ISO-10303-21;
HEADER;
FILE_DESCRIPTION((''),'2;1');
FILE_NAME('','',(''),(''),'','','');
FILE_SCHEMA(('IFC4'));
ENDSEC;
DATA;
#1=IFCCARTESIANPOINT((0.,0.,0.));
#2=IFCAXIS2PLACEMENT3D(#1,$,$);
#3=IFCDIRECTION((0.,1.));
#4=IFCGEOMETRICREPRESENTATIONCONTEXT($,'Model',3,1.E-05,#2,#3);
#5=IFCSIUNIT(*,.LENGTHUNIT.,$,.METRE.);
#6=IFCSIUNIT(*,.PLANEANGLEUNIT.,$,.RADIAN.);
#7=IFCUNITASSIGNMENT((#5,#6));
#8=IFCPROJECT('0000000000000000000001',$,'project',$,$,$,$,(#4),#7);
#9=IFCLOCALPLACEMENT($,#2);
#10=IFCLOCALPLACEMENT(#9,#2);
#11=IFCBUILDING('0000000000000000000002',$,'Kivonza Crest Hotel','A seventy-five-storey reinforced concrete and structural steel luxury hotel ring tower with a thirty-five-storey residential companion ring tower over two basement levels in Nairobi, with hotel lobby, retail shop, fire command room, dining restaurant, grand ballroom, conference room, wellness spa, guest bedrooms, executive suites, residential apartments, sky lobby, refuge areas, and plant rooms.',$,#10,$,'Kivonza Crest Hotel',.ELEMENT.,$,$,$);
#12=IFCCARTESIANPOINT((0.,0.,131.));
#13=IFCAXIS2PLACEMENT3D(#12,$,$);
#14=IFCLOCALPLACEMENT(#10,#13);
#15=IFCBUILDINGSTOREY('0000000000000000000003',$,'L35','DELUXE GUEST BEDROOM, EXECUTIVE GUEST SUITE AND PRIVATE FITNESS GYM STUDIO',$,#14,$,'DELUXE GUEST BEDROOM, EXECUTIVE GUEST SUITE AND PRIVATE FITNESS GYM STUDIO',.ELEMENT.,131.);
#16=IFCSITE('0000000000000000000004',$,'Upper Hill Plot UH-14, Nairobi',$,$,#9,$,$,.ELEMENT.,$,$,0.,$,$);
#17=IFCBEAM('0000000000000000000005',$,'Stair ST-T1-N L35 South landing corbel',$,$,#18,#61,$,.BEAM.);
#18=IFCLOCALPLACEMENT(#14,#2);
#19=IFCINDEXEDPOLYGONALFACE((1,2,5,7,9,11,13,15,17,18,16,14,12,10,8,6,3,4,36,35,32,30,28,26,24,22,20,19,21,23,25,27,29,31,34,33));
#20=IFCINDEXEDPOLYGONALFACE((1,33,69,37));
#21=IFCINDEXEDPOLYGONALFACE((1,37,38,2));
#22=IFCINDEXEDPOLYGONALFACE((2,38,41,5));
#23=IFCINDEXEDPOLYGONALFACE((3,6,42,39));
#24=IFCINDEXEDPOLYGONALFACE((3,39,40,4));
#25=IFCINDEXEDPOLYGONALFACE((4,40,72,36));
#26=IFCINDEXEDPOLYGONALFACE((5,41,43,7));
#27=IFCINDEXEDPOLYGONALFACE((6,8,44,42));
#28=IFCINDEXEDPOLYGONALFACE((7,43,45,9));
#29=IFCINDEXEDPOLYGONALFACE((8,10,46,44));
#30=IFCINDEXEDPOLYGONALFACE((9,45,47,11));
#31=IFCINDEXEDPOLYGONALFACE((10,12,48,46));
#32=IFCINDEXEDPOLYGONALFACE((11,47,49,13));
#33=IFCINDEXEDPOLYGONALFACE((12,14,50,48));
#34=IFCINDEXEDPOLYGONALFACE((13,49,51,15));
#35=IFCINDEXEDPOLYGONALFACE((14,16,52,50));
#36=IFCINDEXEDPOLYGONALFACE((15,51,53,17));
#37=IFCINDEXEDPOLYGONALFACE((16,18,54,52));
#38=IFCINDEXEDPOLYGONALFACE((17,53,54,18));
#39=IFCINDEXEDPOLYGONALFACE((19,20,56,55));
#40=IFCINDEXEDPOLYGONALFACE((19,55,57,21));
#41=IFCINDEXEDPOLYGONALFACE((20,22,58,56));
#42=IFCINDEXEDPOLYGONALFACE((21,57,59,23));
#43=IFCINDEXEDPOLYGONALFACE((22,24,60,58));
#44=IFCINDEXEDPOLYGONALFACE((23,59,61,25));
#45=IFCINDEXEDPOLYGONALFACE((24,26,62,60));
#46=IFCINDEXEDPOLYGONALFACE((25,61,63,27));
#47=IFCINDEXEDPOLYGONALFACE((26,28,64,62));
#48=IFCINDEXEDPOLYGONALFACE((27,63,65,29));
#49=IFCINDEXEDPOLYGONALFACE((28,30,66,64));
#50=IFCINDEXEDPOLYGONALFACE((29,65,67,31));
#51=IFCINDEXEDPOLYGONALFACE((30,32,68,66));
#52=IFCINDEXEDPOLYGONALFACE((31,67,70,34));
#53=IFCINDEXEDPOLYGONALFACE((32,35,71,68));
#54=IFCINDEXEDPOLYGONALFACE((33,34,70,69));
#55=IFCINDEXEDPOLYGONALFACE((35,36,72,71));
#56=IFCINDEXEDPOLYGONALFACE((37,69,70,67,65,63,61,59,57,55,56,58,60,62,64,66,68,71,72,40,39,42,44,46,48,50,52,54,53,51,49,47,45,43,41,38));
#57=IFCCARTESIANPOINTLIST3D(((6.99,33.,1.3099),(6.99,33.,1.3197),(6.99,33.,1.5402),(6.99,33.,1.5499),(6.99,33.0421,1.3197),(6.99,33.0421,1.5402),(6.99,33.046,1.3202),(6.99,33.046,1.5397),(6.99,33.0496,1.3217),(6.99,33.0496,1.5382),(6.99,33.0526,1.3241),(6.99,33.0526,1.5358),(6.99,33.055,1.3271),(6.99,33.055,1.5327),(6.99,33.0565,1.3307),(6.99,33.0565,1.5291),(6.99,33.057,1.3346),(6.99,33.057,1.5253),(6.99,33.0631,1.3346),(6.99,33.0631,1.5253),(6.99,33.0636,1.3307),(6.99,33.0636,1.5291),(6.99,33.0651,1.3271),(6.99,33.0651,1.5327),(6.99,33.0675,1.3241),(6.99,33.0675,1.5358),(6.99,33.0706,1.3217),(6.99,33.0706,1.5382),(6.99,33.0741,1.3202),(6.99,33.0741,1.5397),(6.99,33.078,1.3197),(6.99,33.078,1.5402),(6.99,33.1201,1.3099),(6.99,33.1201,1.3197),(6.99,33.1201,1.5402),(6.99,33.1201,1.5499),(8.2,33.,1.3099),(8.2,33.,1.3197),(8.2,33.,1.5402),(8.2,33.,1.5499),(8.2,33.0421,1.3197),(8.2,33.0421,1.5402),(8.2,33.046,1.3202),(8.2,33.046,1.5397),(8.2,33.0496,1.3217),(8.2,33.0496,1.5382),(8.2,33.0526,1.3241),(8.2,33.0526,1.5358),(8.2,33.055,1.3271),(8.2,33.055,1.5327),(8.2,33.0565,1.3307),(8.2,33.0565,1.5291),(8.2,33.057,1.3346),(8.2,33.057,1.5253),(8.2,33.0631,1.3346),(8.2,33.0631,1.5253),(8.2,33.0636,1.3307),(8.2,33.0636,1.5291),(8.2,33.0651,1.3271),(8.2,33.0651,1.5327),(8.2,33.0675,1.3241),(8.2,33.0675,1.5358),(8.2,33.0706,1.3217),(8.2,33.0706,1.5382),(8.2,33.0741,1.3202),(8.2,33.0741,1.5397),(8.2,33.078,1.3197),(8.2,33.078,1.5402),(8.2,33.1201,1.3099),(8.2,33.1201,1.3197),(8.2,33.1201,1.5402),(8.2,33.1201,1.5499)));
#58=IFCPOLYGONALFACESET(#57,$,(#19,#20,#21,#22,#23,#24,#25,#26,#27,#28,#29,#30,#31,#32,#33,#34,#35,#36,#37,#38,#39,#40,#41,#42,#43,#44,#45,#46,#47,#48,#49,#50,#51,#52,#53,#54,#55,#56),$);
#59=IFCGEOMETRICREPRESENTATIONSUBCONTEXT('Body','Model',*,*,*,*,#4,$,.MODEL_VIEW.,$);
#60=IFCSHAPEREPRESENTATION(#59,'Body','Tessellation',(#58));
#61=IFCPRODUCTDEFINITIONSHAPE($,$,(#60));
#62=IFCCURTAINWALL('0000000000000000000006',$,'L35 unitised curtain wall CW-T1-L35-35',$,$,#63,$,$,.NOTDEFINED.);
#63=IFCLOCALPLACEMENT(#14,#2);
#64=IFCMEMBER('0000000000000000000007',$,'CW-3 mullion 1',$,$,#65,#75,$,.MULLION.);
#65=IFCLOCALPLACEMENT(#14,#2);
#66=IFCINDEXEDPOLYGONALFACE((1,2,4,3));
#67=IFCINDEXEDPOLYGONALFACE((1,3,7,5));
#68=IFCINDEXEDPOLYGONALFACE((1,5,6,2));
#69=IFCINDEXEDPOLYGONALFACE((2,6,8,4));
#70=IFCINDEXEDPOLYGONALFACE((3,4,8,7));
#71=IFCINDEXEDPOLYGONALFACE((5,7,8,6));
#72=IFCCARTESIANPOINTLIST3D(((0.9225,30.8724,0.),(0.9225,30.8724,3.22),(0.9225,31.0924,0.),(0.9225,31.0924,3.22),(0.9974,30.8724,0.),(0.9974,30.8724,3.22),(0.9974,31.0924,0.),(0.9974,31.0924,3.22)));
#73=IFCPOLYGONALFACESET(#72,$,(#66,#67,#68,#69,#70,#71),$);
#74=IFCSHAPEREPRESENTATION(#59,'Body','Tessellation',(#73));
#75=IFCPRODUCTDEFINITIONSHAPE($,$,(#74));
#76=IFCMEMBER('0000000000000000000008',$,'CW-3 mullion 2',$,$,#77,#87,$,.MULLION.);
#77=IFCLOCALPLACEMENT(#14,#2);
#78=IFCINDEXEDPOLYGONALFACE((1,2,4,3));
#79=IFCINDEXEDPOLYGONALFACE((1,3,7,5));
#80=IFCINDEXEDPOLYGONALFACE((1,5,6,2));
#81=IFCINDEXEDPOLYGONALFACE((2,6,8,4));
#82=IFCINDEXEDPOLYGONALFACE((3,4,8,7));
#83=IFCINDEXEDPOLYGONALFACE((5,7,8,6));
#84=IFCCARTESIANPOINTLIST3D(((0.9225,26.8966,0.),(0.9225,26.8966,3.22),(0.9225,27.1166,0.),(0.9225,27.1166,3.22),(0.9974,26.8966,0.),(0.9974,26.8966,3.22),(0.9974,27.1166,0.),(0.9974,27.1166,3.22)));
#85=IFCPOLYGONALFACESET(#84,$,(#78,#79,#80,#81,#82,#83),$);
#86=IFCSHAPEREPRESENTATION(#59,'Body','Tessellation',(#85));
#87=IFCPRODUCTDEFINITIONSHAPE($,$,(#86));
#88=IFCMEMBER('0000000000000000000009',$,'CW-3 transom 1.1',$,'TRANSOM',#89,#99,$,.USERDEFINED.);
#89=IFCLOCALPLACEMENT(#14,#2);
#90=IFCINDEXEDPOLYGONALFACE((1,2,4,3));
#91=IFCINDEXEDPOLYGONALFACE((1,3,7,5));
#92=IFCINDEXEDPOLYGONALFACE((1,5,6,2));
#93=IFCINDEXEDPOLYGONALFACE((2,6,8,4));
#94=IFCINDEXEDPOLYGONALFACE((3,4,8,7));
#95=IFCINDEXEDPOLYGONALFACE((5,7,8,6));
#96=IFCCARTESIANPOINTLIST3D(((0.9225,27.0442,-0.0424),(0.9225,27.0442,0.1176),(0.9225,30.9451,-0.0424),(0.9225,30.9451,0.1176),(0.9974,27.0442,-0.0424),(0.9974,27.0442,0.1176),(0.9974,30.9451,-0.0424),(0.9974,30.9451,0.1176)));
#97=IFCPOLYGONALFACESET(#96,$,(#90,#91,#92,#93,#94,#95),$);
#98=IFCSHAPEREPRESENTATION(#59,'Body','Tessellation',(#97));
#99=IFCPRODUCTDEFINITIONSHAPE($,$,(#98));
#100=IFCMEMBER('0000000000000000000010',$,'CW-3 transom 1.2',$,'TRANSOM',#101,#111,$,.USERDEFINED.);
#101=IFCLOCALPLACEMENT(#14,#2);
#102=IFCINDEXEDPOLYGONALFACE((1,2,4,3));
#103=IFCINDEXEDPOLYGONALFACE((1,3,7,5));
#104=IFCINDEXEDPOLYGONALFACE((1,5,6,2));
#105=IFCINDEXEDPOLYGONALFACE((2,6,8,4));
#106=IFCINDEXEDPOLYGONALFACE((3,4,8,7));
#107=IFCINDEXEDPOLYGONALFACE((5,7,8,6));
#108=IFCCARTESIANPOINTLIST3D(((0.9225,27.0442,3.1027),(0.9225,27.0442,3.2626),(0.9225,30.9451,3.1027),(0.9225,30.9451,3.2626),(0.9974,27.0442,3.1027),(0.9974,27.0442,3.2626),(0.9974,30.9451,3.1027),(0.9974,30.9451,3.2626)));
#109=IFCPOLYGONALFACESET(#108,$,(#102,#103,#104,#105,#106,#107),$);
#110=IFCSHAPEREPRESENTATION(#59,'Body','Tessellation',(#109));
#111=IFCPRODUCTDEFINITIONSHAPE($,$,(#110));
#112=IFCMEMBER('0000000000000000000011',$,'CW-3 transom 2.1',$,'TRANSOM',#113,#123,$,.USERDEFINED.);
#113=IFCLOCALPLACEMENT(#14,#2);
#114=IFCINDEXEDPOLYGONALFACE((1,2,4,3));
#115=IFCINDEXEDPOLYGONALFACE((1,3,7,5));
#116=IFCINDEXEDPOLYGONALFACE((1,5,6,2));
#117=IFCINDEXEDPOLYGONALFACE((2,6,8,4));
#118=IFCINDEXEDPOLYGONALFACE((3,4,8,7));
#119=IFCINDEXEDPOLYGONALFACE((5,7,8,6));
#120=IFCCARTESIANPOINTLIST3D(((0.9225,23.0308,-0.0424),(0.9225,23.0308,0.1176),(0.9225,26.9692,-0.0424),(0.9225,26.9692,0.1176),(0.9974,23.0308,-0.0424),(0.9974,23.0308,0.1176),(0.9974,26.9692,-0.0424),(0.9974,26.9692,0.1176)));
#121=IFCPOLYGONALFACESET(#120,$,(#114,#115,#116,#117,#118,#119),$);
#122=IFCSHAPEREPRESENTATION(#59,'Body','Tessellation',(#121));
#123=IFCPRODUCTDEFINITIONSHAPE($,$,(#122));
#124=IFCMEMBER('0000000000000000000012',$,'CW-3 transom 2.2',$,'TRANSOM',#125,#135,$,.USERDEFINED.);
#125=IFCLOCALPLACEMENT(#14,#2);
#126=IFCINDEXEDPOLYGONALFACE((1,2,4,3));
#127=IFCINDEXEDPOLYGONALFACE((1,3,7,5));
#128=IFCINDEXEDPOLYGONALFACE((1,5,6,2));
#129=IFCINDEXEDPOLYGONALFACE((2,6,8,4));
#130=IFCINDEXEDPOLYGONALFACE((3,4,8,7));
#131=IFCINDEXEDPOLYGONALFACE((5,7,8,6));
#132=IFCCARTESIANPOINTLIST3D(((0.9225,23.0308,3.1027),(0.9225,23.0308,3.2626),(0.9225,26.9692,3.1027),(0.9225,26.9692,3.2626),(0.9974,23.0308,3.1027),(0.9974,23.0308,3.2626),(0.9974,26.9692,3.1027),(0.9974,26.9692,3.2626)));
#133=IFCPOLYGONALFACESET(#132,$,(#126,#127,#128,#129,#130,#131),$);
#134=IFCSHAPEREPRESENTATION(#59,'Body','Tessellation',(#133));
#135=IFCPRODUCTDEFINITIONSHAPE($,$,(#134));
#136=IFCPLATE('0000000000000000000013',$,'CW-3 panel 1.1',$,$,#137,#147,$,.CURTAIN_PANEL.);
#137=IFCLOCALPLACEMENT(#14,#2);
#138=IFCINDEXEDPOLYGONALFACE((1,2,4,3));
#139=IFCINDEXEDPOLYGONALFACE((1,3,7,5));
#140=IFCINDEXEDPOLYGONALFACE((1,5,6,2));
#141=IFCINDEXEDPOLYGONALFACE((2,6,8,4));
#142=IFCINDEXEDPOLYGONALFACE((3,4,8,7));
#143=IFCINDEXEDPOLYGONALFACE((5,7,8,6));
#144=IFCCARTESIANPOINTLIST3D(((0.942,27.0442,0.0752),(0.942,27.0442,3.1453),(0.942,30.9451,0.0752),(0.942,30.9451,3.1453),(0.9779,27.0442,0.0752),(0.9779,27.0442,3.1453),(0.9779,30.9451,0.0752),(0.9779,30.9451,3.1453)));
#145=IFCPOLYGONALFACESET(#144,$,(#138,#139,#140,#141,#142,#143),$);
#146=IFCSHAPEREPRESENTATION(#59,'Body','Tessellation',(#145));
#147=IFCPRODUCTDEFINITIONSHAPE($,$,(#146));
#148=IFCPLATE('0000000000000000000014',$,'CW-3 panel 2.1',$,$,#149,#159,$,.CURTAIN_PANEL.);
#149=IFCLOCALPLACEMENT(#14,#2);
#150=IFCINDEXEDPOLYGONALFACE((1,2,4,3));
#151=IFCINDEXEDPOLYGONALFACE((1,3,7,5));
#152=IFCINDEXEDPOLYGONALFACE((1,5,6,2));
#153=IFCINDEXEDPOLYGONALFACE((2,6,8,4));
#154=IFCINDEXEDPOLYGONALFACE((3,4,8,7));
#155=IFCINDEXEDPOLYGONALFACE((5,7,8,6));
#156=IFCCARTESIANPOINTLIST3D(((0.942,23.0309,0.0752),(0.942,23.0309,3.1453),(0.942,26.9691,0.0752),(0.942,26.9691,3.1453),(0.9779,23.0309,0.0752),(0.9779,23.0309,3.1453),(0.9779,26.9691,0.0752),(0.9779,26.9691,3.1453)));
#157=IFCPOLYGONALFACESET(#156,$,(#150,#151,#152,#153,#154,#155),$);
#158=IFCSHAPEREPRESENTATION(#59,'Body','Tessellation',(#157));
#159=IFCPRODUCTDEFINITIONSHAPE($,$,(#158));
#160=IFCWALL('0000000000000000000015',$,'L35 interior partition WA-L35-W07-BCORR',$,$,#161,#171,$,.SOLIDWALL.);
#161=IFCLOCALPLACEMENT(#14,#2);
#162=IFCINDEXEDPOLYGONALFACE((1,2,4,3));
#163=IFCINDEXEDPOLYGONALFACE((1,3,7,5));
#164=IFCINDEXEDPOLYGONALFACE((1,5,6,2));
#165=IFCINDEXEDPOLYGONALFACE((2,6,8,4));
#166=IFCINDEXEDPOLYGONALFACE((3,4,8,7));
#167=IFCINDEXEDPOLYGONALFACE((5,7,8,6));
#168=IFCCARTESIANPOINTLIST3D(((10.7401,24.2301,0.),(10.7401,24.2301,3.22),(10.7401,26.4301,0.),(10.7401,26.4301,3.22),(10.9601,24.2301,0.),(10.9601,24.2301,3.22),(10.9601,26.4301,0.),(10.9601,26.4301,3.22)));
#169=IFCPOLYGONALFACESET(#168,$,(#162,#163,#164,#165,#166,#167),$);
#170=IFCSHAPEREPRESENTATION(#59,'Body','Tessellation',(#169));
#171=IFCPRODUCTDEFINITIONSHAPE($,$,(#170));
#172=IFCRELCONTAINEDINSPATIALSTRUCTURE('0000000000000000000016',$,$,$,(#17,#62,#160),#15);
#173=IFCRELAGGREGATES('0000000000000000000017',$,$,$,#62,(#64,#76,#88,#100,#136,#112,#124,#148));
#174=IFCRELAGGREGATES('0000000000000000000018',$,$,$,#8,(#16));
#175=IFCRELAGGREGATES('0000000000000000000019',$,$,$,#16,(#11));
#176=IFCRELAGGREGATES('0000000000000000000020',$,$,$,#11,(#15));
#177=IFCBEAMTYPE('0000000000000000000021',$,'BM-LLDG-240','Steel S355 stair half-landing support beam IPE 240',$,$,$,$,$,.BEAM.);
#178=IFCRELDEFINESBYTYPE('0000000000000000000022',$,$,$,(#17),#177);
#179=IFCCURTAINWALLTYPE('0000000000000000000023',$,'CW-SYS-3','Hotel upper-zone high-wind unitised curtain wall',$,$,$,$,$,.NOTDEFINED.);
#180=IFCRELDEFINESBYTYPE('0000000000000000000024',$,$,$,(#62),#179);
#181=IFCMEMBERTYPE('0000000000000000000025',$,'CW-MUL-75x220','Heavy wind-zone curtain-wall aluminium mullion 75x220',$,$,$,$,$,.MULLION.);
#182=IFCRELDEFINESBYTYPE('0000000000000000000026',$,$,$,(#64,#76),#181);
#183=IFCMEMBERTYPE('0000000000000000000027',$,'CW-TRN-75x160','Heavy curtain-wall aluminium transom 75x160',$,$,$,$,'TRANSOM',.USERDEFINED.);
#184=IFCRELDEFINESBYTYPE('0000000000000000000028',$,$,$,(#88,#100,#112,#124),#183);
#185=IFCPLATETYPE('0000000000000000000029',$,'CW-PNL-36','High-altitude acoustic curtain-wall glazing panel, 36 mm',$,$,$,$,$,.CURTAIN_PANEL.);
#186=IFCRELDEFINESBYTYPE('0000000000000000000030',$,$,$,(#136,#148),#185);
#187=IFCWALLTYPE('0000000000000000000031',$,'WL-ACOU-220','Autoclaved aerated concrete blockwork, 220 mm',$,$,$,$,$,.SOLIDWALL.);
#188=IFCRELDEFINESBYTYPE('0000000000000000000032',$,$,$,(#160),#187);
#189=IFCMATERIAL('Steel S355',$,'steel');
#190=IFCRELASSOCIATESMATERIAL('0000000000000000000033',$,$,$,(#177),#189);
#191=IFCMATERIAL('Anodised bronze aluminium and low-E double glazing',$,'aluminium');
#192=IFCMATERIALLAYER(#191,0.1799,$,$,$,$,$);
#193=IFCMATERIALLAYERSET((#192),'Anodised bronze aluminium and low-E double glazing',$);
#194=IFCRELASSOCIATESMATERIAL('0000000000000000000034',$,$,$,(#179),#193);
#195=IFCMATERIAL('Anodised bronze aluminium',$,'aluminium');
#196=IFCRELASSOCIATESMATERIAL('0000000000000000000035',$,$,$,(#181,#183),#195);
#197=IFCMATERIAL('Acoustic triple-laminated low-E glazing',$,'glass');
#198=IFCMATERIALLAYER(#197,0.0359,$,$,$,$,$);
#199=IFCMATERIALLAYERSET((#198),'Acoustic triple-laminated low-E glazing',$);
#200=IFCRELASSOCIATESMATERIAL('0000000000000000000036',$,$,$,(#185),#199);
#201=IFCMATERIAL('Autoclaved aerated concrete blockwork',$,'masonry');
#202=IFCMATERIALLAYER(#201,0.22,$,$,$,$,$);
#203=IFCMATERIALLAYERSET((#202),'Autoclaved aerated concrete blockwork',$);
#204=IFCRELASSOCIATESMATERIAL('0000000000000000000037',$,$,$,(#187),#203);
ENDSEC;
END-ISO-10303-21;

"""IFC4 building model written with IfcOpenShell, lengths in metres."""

from ifc_helpers import new_model, si_unit, direction, frame, frame_2d, origin, origin_2d, place, context, subcontext, project, spatial, rectangle, i_section, extrude, material, layer, layer_set, material_profile, profile_set, type_object, element, aggregate, save


model = new_model("IFC4")

# Units and contexts
model_context = context("Model", 3, precision=1e-05, world=origin(), true_north=direction((0.0, 1.0)))
body_context = subcontext(model_context, "Body", "Model", "MODEL_VIEW")
ifc_project = project(units=[si_unit("LENGTHUNIT", "METRE"), si_unit("PLANEANGLEUNIT", "RADIAN")], contexts=[model_context])

# Site, building, storey
site_placement = place(None, origin())
site = spatial("IfcSite", under=ifc_project, at=site_placement, Name="Upper Hill Plot UH-14, Nairobi", CompositionType="ELEMENT", RefElevation=0.0)
building_placement = place(site_placement, origin())
building = spatial("IfcBuilding", under=site, at=building_placement, Name="Kivonza Crest Hotel", Description="A seventy-five-storey reinforced concrete and structural steel luxury hotel ring tower with a thirty-five-storey residential companion ring tower over two basement levels in Nairobi, with hotel lobby, retail shop, fire command room, dining restaurant, grand ballroom, conference room, wellness spa, guest bedrooms, executive suites, residential apartments, sky lobby, refuge areas, and plant rooms.", LongName="Kivonza Crest Hotel", CompositionType="ELEMENT")
storey_placement = place(building_placement, frame((0.0, 0.0, 131.0)))
storey = spatial("IfcBuildingStorey", under=building, at=storey_placement, Name="L35", Description="DELUXE GUEST BEDROOM, EXECUTIVE GUEST SUITE AND PRIVATE FITNESS GYM STUDIO", LongName="DELUXE GUEST BEDROOM, EXECUTIVE GUEST SUITE AND PRIVATE FITNESS GYM STUDIO", CompositionType="ELEMENT", Elevation=131.0)

# Beam
ifc_material_1 = material(Name="Steel S355", Category="steel")
ifc_material_profile_1 = material_profile(ifc_material_1, i_section(OverallWidth=0.1201, OverallDepth=0.24, WebThickness=0.0061, FlangeThickness=0.0098, FilletRadius=0.0149, at=origin_2d()), Name="IPE 240")
ifc_profile_set_1 = profile_set([ifc_material_profile_1], Name="Steel S355")
beam_type_1 = type_object("IfcBeamType", Name="BM-LLDG-240", Description="Steel S355 stair half-landing support beam IPE 240", PredefinedType="BEAM", material=ifc_profile_set_1)
beam_1_placement = place(storey_placement, frame((6.99, 33.0601, 1.4299), z_axis=(1.0, 0.0, 0.0), x_axis=(0.0, 1.0, 0.0)))
element("IfcBeam", 1, at=beam_1_placement, inside=storey, type_object=beam_type_1, Name="Stair ST-T1-N L35 South landing corbel", PredefinedType="BEAM", context=body_context, shape_type="SweptSolid", body=[
    extrude(i_section(OverallWidth=0.1201, OverallDepth=0.24, WebThickness=0.0061, FlangeThickness=0.0098, FilletRadius=0.0149, at=origin_2d()), origin(), (0.0, 0.0, 1.0), 1.21),
])

# Curtain wall, members, plates
ifc_material_2 = material(Name="Anodised bronze aluminium and low-E double glazing", Category="aluminium")
ifc_layer_1 = layer(ifc_material_2, 0.1799)
ifc_layer_set_1 = layer_set([ifc_layer_1], Name="Anodised bronze aluminium and low-E double glazing")
curtain_wall_type = type_object("IfcCurtainWallType", Name="CW-SYS-3", Description="Hotel upper-zone high-wind unitised curtain wall", PredefinedType="NOTDEFINED", material=ifc_layer_set_1)
curtain_wall_placement = place(storey_placement, origin())
curtain_wall = element("IfcCurtainWall", 2, at=curtain_wall_placement, inside=storey, type_object=curtain_wall_type, Name="L35 unitised curtain wall CW-T1-L35-35", PredefinedType="NOTDEFINED")
ifc_material_3 = material(Name="Anodised bronze aluminium", Category="aluminium")
ifc_material_profile_2 = material_profile(ifc_material_3, rectangle(XDim=0.075, YDim=0.22, at=origin_2d()), Name="CW-M 75x220")
ifc_profile_set_2 = profile_set([ifc_material_profile_2], Name="Anodised bronze aluminium")
member_type_1 = type_object("IfcMemberType", Name="CW-MUL-75x220", Description="Heavy wind-zone curtain-wall aluminium mullion 75x220", PredefinedType="MULLION", material=ifc_profile_set_2)
member_1_placement = place(storey_placement, frame((0.96, 30.9824, 0.0), z_axis=(0.0, 0.0, 1.0), x_axis=(1.0, 0.0, 0.0)))
member_1 = element("IfcMember", 3, at=member_1_placement, type_object=member_type_1, Name="CW-3 mullion 1", PredefinedType="MULLION", context=body_context, shape_type="SweptSolid", body=[
    extrude(rectangle(XDim=0.075, YDim=0.22, at=origin_2d()), origin(), (0.0, 0.0, 1.0), 3.22),
])
member_2_placement = place(storey_placement, frame((0.96, 27.0066, 0.0), z_axis=(0.0, 0.0, 1.0), x_axis=(1.0, 0.0, 0.0)))
member_2 = element("IfcMember", 4, at=member_2_placement, type_object=member_type_1, Name="CW-3 mullion 2", PredefinedType="MULLION", context=body_context, shape_type="SweptSolid", body=[
    extrude(rectangle(XDim=0.075, YDim=0.22, at=origin_2d()), origin(), (0.0, 0.0, 1.0), 3.22),
])
ifc_material_profile_3 = material_profile(ifc_material_3, rectangle(XDim=0.075, YDim=0.1599, at=origin_2d()), Name="CW-T 75x160")
ifc_profile_set_3 = profile_set([ifc_material_profile_3], Name="Anodised bronze aluminium")
member_type_2 = type_object("IfcMemberType", Name="CW-TRN-75x160", Description="Heavy curtain-wall aluminium transom 75x160", ElementType="TRANSOM", PredefinedType="USERDEFINED", material=ifc_profile_set_3)
member_3_placement = place(storey_placement, frame((0.96, 30.9451, 0.0376), z_axis=(0.0, -1.0, 0.0), x_axis=(1.0, 0.0, 0.0)))
member_3 = element("IfcMember", 5, at=member_3_placement, type_object=member_type_2, Name="CW-3 transom 1.1", ObjectType="TRANSOM", PredefinedType="USERDEFINED", context=body_context, shape_type="SweptSolid", body=[
    extrude(rectangle(XDim=0.075, YDim=0.1599, at=origin_2d()), origin(), (0.0, 0.0, 1.0), 3.9009),
])
member_4_placement = place(storey_placement, frame((0.96, 30.9451, 3.1826), z_axis=(0.0, -1.0, 0.0), x_axis=(1.0, 0.0, 0.0)))
member_4 = element("IfcMember", 6, at=member_4_placement, type_object=member_type_2, Name="CW-3 transom 1.2", ObjectType="TRANSOM", PredefinedType="USERDEFINED", context=body_context, shape_type="SweptSolid", body=[
    extrude(rectangle(XDim=0.075, YDim=0.1599, at=origin_2d()), origin(), (0.0, 0.0, 1.0), 3.9009),
])
member_5_placement = place(storey_placement, frame((0.96, 26.9692, 0.0376), z_axis=(0.0, -1.0, 0.0), x_axis=(1.0, 0.0, 0.0)))
member_5 = element("IfcMember", 7, at=member_5_placement, type_object=member_type_2, Name="CW-3 transom 2.1", ObjectType="TRANSOM", PredefinedType="USERDEFINED", context=body_context, shape_type="SweptSolid", body=[
    extrude(rectangle(XDim=0.075, YDim=0.1599, at=origin_2d()), origin(), (0.0, 0.0, 1.0), 3.9385),
])
member_6_placement = place(storey_placement, frame((0.96, 26.9692, 3.1826), z_axis=(0.0, -1.0, 0.0), x_axis=(1.0, 0.0, 0.0)))
member_6 = element("IfcMember", 8, at=member_6_placement, type_object=member_type_2, Name="CW-3 transom 2.2", ObjectType="TRANSOM", PredefinedType="USERDEFINED", context=body_context, shape_type="SweptSolid", body=[
    extrude(rectangle(XDim=0.075, YDim=0.1599, at=origin_2d()), origin(), (0.0, 0.0, 1.0), 3.9385),
])
ifc_material_4 = material(Name="Acoustic triple-laminated low-E glazing", Category="glass")
ifc_layer_2 = layer(ifc_material_4, 0.0359)
ifc_layer_set_2 = layer_set([ifc_layer_2], Name="Acoustic triple-laminated low-E glazing")
plate_type = type_object("IfcPlateType", Name="CW-PNL-36", Description="High-altitude acoustic curtain-wall glazing panel, 36 mm", PredefinedType="CURTAIN_PANEL", material=ifc_layer_set_2)
plate_1_placement = place(storey_placement, frame((0.96, 28.9946, 0.0752), z_axis=(0.0, 0.0, 1.0), x_axis=(0.0, -1.0, 0.0)))
plate_1 = element("IfcPlate", 9, at=plate_1_placement, type_object=plate_type, Name="CW-3 panel 1.1", PredefinedType="CURTAIN_PANEL", context=body_context, shape_type="SweptSolid", body=[
    extrude(rectangle(XDim=3.9009, YDim=0.0359, at=origin_2d()), origin(), (0.0, 0.0, 1.0), 3.0701),
])
plate_2_placement = place(storey_placement, frame((0.96, 25.0, 0.0752), z_axis=(0.0, 0.0, 1.0), x_axis=(0.0, -1.0, 0.0)))
plate_2 = element("IfcPlate", 10, at=plate_2_placement, type_object=plate_type, Name="CW-3 panel 2.1", PredefinedType="CURTAIN_PANEL", context=body_context, shape_type="SweptSolid", body=[
    extrude(rectangle(XDim=3.9382, YDim=0.0359, at=origin_2d()), origin(), (0.0, 0.0, 1.0), 3.0701),
])
aggregate(curtain_wall, [member_1, member_2, member_3, member_4, plate_1, member_5, member_6, plate_2])

# Wall
ifc_material_5 = material(Name="Autoclaved aerated concrete blockwork", Category="masonry")
ifc_layer_3 = layer(ifc_material_5, 0.22)
ifc_layer_set_3 = layer_set([ifc_layer_3], Name="Autoclaved aerated concrete blockwork")
wall_type_1 = type_object("IfcWallType", Name="WL-ACOU-220", Description="Autoclaved aerated concrete blockwork, 220 mm", PredefinedType="SOLIDWALL", material=ifc_layer_set_3)
wall_1_placement = place(storey_placement, frame((10.8501, 24.23, 0.0), z_axis=(0.0, 0.0, 1.0), x_axis=(0.0, 1.0, 0.0)))
element("IfcWall", 11, at=wall_1_placement, inside=storey, type_object=wall_type_1, Name="L35 interior partition WA-L35-W07-BCORR", PredefinedType="SOLIDWALL", context=body_context, shape_type="SweptSolid", body=[
    extrude(rectangle(XDim=2.2, YDim=0.22, at=frame_2d((1.1001, 0.0))), origin(), (0.0, 0.0, 1.0), 3.22),
])

save(model, "model.ifc")
